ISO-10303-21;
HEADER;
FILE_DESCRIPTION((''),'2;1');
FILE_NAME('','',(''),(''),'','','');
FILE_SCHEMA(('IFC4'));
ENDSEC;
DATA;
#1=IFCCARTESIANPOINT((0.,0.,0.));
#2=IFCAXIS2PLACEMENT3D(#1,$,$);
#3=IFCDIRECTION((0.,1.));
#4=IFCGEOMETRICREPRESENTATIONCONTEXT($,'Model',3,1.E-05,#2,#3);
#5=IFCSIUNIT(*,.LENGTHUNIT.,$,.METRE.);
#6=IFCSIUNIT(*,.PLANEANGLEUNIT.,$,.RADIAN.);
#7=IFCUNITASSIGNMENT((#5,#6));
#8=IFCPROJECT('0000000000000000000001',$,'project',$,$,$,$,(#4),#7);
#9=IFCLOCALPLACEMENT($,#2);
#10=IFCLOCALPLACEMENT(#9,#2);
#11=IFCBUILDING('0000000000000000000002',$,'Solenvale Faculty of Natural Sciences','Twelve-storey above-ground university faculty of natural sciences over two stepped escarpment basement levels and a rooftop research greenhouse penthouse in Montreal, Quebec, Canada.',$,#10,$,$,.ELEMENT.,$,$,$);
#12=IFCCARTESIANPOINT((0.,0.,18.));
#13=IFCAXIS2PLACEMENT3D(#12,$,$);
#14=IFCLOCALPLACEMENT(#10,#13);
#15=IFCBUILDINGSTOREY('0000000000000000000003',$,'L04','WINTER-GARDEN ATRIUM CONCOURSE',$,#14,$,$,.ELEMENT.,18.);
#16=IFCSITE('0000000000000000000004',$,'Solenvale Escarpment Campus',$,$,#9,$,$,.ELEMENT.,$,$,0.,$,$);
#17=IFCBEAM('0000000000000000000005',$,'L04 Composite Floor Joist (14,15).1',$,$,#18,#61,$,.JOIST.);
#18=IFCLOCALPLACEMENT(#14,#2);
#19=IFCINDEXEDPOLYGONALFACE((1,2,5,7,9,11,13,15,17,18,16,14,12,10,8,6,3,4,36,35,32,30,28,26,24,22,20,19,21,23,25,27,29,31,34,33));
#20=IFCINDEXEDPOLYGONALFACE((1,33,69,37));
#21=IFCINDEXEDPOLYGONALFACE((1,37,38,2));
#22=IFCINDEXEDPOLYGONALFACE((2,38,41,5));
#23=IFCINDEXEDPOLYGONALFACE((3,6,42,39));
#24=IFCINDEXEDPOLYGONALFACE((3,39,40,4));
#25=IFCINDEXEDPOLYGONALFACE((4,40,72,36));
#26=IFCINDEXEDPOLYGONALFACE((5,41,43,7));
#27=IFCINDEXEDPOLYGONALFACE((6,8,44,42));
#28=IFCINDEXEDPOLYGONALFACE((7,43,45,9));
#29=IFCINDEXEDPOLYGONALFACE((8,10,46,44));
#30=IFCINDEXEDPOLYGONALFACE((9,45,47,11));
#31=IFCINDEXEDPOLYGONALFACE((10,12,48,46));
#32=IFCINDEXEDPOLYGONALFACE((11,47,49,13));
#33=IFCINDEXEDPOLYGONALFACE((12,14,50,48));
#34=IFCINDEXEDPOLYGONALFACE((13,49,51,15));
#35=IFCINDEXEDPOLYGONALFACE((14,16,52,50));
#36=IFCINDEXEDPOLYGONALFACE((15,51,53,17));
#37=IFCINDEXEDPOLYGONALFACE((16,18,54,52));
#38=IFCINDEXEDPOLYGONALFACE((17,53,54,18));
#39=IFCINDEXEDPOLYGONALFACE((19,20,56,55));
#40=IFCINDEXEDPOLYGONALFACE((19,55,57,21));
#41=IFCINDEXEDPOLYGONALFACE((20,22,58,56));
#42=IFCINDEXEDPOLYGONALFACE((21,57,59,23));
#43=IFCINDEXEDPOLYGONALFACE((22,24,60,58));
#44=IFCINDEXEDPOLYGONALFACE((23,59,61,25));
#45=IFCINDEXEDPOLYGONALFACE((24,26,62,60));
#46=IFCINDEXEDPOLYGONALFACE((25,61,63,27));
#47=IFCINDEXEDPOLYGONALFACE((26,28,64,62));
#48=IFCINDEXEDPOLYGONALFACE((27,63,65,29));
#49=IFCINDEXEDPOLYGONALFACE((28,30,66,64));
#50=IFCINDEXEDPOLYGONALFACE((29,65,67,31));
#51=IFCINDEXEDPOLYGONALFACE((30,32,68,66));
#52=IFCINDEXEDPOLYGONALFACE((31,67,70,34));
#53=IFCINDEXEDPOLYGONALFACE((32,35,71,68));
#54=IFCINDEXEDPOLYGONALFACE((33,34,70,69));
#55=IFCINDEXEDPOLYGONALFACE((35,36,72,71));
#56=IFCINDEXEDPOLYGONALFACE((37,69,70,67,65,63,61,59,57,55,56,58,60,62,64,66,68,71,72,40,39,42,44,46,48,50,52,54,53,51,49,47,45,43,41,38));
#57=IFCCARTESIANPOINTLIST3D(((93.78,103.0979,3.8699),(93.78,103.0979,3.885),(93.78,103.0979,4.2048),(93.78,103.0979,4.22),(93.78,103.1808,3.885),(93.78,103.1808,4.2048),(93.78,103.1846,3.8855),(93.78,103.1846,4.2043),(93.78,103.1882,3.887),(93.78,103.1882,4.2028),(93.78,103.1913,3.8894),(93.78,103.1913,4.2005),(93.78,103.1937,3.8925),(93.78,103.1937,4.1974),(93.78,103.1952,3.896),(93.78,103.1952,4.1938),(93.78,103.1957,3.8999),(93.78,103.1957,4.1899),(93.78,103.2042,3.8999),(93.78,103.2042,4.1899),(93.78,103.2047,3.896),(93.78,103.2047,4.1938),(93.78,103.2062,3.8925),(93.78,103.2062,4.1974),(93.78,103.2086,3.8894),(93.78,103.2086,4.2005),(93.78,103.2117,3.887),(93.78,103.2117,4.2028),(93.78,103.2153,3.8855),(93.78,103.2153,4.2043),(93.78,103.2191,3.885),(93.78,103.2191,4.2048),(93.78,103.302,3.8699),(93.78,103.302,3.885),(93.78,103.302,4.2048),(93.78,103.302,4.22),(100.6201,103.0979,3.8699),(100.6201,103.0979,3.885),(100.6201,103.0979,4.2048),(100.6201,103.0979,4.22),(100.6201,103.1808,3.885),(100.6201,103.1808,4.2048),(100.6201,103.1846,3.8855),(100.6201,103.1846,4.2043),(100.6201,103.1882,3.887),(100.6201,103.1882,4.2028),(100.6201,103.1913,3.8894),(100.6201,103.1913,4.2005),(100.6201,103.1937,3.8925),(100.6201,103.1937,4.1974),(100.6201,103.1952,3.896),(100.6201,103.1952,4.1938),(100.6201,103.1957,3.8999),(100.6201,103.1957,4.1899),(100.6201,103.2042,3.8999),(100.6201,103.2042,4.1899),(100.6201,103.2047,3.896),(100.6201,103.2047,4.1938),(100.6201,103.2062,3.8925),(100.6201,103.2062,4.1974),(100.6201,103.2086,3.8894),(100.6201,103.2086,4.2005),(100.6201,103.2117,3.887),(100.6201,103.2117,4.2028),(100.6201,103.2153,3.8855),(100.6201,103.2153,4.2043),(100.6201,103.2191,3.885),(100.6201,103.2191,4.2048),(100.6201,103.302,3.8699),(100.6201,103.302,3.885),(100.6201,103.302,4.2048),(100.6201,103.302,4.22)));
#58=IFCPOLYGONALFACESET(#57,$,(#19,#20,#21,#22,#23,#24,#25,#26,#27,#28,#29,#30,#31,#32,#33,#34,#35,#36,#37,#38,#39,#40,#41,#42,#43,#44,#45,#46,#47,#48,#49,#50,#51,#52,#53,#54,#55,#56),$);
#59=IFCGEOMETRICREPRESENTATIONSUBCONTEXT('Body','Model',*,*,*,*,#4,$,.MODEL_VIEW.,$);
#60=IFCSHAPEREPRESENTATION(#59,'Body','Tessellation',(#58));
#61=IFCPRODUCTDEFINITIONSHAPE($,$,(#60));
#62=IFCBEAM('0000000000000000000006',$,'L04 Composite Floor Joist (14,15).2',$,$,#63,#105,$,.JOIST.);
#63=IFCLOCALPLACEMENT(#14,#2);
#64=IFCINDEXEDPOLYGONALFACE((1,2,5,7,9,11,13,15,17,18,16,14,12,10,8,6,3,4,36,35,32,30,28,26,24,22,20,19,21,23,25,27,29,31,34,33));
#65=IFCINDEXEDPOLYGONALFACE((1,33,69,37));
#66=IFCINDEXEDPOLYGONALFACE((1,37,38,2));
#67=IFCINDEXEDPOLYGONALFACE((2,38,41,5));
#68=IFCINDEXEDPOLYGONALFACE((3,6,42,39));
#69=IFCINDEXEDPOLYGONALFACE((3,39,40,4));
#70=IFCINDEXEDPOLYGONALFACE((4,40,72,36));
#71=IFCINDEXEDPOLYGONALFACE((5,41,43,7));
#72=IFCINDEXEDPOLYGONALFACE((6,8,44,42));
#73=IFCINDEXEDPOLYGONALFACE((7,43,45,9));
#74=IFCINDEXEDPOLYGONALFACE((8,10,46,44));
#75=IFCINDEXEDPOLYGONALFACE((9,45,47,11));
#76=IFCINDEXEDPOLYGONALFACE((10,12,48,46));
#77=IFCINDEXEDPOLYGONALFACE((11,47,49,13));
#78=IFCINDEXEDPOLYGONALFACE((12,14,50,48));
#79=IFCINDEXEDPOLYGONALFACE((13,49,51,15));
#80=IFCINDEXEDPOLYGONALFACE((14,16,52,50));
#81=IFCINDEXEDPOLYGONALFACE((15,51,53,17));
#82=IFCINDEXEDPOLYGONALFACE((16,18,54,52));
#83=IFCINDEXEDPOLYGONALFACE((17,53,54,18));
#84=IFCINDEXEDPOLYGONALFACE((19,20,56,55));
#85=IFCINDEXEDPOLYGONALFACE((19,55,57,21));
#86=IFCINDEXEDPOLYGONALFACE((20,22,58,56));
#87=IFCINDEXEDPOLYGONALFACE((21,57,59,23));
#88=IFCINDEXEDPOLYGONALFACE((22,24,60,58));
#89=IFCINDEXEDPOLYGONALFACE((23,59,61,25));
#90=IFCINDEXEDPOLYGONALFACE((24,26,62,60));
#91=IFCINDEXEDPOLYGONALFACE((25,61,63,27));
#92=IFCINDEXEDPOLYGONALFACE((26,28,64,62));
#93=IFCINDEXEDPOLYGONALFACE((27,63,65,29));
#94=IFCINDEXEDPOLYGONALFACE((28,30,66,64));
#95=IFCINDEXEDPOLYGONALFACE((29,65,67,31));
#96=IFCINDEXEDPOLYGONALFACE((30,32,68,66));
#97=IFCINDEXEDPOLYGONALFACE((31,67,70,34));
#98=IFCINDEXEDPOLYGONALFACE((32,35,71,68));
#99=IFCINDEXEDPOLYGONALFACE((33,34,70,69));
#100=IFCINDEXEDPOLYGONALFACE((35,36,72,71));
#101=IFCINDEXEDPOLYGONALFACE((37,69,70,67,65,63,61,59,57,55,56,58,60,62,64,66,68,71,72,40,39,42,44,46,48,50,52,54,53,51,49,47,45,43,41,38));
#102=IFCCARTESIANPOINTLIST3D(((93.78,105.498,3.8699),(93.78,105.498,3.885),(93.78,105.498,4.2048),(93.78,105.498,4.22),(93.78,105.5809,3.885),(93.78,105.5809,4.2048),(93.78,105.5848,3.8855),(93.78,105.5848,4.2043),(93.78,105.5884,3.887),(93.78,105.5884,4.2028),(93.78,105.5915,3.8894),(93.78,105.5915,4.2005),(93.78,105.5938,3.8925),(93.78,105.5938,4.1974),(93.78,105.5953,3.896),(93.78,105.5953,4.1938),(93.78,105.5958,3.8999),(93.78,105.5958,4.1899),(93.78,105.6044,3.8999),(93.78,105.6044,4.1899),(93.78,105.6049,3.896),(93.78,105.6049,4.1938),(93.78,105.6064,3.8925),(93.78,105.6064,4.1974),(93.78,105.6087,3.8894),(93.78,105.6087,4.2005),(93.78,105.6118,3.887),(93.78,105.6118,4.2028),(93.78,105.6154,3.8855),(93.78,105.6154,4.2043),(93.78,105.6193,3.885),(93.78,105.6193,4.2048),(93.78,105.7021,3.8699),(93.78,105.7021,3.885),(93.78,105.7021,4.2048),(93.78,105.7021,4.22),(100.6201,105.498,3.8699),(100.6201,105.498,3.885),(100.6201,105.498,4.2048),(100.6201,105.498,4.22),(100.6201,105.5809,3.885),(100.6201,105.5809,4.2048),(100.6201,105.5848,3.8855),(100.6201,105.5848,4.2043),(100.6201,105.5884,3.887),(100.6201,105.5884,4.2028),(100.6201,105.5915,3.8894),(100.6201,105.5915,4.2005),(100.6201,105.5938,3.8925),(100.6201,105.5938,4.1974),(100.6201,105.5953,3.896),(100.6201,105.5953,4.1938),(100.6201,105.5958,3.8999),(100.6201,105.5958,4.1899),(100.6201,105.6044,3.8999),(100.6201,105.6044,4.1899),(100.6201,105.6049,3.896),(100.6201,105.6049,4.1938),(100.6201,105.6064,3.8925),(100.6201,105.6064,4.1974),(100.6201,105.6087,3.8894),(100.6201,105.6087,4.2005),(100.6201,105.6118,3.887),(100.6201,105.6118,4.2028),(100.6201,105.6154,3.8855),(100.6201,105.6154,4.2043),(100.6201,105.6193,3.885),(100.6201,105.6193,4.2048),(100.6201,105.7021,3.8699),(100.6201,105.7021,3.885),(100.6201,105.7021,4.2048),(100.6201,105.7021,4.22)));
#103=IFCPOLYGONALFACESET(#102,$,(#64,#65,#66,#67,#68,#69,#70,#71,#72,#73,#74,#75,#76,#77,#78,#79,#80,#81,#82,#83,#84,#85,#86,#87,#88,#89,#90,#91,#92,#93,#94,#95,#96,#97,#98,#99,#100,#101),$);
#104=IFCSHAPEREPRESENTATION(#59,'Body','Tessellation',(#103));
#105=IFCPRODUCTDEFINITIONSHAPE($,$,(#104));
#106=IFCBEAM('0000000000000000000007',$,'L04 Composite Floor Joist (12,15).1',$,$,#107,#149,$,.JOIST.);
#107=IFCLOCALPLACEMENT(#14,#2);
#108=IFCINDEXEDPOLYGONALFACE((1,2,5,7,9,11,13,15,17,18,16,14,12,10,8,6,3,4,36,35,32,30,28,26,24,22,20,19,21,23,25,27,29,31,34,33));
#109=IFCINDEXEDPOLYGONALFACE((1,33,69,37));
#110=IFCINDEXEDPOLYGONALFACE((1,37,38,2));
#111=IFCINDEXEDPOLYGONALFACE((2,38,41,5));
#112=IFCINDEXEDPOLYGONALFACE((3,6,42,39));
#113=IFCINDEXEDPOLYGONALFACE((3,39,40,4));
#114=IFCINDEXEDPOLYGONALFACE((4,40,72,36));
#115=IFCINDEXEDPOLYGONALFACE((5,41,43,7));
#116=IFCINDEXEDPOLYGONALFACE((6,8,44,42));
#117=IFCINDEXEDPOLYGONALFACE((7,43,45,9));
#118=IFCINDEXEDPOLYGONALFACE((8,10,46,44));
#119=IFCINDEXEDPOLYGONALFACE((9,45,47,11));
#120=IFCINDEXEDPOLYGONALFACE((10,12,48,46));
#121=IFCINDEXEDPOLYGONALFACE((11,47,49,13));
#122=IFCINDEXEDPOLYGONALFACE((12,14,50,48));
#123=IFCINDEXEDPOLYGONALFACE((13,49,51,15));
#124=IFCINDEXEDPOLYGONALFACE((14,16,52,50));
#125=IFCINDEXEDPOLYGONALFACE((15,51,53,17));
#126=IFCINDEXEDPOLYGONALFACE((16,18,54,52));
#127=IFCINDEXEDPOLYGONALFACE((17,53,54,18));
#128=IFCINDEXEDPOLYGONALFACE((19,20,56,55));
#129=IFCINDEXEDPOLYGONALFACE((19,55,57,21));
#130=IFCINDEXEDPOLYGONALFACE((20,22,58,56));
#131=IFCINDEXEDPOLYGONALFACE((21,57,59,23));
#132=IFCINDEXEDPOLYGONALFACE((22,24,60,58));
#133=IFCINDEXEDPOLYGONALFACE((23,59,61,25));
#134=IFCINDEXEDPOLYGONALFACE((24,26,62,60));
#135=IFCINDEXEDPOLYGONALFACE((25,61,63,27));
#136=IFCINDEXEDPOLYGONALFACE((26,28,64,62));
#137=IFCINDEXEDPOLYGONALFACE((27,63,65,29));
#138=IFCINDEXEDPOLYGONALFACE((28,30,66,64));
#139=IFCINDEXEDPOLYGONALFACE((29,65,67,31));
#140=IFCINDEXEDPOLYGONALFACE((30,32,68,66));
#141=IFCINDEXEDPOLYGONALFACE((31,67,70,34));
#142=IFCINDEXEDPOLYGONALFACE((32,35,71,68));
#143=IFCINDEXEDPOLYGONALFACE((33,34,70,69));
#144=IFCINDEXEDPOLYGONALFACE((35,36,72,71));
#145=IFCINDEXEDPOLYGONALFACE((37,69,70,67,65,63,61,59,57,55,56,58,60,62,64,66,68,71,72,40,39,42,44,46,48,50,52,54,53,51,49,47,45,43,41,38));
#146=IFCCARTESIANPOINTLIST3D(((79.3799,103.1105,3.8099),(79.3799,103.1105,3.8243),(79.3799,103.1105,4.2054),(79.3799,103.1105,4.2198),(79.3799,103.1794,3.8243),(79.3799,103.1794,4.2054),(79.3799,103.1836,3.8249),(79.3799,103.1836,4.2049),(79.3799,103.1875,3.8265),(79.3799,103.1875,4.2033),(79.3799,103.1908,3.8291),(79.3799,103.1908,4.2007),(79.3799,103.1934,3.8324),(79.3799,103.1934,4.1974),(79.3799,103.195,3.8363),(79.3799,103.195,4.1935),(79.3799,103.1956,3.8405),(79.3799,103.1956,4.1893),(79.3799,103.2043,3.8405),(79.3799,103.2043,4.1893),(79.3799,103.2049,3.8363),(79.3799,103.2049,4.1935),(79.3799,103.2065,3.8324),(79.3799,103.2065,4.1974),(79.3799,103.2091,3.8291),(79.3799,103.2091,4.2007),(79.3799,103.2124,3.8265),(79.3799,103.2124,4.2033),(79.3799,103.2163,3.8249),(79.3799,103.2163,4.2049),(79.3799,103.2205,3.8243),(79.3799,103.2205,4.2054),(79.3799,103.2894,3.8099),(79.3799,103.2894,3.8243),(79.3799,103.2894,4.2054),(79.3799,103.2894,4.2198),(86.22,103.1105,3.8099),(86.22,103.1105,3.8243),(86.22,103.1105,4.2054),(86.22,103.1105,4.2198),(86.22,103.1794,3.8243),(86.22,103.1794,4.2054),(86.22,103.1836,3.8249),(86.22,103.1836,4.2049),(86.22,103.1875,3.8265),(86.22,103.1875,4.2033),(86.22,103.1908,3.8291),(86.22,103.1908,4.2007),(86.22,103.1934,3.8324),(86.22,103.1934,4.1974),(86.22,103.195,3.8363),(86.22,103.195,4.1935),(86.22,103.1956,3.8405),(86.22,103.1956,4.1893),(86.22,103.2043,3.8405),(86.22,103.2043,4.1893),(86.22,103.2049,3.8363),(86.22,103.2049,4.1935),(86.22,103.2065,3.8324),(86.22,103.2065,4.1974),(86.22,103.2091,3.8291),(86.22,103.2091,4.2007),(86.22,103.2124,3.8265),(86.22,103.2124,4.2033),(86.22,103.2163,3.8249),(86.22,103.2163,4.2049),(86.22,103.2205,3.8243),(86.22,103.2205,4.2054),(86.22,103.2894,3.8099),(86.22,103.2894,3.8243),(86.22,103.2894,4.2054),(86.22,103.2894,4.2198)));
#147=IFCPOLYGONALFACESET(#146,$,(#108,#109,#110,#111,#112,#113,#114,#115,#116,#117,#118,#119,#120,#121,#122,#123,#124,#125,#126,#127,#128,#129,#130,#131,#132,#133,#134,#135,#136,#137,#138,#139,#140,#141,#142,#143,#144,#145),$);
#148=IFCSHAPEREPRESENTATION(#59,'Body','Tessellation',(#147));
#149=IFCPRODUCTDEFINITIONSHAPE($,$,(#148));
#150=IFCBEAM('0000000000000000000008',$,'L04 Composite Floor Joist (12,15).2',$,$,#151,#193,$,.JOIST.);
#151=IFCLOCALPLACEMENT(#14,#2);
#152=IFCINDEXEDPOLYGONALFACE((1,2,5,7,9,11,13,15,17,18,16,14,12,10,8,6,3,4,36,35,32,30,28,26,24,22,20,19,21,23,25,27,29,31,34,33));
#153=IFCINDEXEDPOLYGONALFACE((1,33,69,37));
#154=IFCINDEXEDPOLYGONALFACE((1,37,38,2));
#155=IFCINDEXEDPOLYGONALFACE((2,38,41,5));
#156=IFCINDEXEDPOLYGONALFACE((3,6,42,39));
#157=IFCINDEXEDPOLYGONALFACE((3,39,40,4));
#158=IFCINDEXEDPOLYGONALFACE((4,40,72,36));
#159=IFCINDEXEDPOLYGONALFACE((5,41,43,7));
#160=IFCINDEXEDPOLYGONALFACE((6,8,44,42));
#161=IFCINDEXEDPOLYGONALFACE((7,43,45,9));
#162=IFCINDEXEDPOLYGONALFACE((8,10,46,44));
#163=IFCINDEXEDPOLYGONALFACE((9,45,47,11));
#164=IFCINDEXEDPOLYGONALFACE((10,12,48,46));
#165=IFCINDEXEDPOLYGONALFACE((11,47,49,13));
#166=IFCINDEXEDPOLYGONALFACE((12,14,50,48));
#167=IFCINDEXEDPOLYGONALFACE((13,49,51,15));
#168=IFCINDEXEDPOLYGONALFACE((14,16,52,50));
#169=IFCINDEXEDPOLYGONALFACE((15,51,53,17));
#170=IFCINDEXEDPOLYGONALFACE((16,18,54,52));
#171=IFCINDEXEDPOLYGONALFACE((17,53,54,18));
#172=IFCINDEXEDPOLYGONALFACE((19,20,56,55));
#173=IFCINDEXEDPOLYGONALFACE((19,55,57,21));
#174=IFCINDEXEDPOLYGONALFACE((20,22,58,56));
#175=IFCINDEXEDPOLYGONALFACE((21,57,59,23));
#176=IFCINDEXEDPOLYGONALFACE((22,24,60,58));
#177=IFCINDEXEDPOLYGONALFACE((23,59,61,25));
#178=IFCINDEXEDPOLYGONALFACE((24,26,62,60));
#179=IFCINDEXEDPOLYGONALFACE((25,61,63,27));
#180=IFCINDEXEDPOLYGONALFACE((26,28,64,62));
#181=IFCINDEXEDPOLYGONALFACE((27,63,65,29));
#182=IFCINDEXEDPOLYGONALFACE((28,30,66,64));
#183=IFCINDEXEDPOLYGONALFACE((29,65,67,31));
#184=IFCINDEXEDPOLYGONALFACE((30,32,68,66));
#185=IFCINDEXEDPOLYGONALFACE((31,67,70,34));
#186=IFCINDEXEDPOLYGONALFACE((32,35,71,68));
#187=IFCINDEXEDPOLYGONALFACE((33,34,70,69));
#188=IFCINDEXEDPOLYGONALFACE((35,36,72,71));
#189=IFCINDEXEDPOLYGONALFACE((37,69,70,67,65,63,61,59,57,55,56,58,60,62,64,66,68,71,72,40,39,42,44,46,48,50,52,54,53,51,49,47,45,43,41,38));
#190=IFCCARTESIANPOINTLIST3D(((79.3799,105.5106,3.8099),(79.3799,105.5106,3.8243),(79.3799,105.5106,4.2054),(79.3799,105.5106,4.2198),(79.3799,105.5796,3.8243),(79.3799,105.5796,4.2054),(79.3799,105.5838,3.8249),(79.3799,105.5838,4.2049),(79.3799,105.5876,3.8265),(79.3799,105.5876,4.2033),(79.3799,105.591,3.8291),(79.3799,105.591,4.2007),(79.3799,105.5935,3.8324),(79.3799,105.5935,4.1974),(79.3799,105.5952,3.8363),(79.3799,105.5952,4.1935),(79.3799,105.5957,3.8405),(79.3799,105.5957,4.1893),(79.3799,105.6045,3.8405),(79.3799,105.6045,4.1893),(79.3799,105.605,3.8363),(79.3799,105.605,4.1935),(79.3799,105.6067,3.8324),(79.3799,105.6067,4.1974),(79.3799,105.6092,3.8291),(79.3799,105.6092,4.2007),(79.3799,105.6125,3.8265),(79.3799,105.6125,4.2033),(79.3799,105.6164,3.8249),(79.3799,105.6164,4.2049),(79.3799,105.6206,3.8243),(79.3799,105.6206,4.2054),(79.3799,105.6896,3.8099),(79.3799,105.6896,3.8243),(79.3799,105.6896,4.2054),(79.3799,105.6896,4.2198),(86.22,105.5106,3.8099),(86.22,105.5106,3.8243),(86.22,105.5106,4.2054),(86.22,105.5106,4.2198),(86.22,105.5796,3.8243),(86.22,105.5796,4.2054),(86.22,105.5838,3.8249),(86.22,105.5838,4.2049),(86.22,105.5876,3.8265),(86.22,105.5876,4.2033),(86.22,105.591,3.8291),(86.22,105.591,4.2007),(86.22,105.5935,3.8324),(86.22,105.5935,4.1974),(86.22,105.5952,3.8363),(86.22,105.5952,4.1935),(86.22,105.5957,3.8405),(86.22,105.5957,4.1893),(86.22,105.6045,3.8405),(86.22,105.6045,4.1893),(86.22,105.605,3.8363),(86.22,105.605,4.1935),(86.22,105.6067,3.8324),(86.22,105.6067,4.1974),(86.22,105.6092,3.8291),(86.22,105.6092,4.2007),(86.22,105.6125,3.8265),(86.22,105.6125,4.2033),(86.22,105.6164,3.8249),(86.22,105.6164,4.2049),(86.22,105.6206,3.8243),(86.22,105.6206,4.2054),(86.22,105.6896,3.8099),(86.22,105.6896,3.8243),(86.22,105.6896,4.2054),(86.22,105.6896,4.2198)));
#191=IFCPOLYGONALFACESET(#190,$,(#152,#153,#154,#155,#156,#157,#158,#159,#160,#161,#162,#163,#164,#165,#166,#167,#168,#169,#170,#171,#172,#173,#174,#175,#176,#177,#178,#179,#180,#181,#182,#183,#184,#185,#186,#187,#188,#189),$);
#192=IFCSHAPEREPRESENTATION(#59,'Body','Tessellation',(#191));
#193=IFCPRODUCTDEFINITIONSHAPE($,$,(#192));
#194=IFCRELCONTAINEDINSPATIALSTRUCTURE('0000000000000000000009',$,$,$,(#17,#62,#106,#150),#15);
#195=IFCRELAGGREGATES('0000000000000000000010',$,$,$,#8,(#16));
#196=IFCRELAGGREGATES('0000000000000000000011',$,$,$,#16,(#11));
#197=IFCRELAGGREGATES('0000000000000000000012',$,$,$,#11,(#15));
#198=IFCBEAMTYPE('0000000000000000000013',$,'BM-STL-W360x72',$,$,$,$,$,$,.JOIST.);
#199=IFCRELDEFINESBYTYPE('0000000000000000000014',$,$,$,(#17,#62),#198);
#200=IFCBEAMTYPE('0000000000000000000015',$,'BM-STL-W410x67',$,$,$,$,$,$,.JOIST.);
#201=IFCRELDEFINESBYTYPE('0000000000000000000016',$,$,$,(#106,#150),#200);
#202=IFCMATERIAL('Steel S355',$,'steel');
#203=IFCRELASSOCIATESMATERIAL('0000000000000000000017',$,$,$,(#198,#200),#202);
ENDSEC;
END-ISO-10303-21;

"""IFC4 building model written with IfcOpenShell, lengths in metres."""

from ifc_helpers import new_model, si_unit, direction, frame, origin, origin_2d, place, context, subcontext, project, spatial, i_section, extrude, material, material_profile, profile_set, type_object, element, save


model = new_model("IFC4")

# Units and contexts
model_context = context("Model", 3, precision=1e-05, world=origin(), true_north=direction((0.0, 1.0)))
body_context = subcontext(model_context, "Body", "Model", "MODEL_VIEW")
ifc_project = project(units=[si_unit("LENGTHUNIT", "METRE"), si_unit("PLANEANGLEUNIT", "RADIAN")], contexts=[model_context])

# Site, building, storey
site_placement = place(None, origin())
site = spatial("IfcSite", under=ifc_project, at=site_placement, Name="Solenvale Escarpment Campus", CompositionType="ELEMENT", RefElevation=0.0)
building_placement = place(site_placement, origin())
building = spatial("IfcBuilding", under=site, at=building_placement, Name="Solenvale Faculty of Natural Sciences", Description="Twelve-storey above-ground university faculty of natural sciences over two stepped escarpment basement levels and a rooftop research greenhouse penthouse in Montreal, Quebec, Canada.", CompositionType="ELEMENT")
storey_placement = place(building_placement, frame((0.0, 0.0, 18.0)))
storey = spatial("IfcBuildingStorey", under=building, at=storey_placement, Name="L04", Description="WINTER-GARDEN ATRIUM CONCOURSE", CompositionType="ELEMENT", Elevation=18.0)

# Beams
ifc_material_1 = material(Name="Steel S355", Category="steel")
ifc_material_profile_1 = material_profile(ifc_material_1, i_section(OverallWidth=0.2041, OverallDepth=0.3501, WebThickness=0.0085, FlangeThickness=0.0151, FilletRadius=0.0149, at=origin_2d()), Name="W360x72")
ifc_profile_set_1 = profile_set([ifc_material_profile_1], Name="Steel S355")
beam_type_1 = type_object("IfcBeamType", Name="BM-STL-W360x72", PredefinedType="JOIST", material=ifc_profile_set_1)
for number, where, z_axis, x_axis, name in (
    (1, (93.78, 103.2, 4.0449), (1.0, 0.0, 0.0), (0.0, 1.0, 0.0), "L04 Composite Floor Joist (14,15).1"),
    (2, (93.78, 105.6001, 4.0449), (1.0, 0.0, 0.0), (0.0, 1.0, 0.0), "L04 Composite Floor Joist (14,15).2"),
):
    element("IfcBeam", number, at=place(storey_placement, frame(where, z_axis=z_axis, x_axis=x_axis)), inside=storey, type_object=beam_type_1, Name=name, PredefinedType="JOIST", context=body_context, shape_type="SweptSolid", body=[
        extrude(i_section(OverallWidth=0.2041, OverallDepth=0.3501, WebThickness=0.0085, FlangeThickness=0.0151, FilletRadius=0.0149, at=origin_2d()), origin(), (0.0, 0.0, 1.0), 6.8401),
    ])
ifc_material_profile_2 = material_profile(ifc_material_1, i_section(OverallWidth=0.179, OverallDepth=0.4099, WebThickness=0.0088, FlangeThickness=0.0144, FilletRadius=0.0161, at=origin_2d()), Name="W410x67")
ifc_profile_set_2 = profile_set([ifc_material_profile_2], Name="Steel S355")
beam_type_2 = type_object("IfcBeamType", Name="BM-STL-W410x67", PredefinedType="JOIST", material=ifc_profile_set_2)
for number, where, z_axis, x_axis, name in (
    (3, (79.3799, 103.2, 4.0149), (1.0, 0.0, 0.0), (0.0, 1.0, 0.0), "L04 Composite Floor Joist (12,15).1"),
    (4, (79.3799, 105.6001, 4.0149), (1.0, 0.0, 0.0), (0.0, 1.0, 0.0), "L04 Composite Floor Joist (12,15).2"),
):
    element("IfcBeam", number, at=place(storey_placement, frame(where, z_axis=z_axis, x_axis=x_axis)), inside=storey, type_object=beam_type_2, Name=name, PredefinedType="JOIST", context=body_context, shape_type="SweptSolid", body=[
        extrude(i_section(OverallWidth=0.179, OverallDepth=0.4099, WebThickness=0.0088, FlangeThickness=0.0144, FilletRadius=0.0161, at=origin_2d()), origin(), (0.0, 0.0, 1.0), 6.8401),
    ])

save(model, "model.ifc")
